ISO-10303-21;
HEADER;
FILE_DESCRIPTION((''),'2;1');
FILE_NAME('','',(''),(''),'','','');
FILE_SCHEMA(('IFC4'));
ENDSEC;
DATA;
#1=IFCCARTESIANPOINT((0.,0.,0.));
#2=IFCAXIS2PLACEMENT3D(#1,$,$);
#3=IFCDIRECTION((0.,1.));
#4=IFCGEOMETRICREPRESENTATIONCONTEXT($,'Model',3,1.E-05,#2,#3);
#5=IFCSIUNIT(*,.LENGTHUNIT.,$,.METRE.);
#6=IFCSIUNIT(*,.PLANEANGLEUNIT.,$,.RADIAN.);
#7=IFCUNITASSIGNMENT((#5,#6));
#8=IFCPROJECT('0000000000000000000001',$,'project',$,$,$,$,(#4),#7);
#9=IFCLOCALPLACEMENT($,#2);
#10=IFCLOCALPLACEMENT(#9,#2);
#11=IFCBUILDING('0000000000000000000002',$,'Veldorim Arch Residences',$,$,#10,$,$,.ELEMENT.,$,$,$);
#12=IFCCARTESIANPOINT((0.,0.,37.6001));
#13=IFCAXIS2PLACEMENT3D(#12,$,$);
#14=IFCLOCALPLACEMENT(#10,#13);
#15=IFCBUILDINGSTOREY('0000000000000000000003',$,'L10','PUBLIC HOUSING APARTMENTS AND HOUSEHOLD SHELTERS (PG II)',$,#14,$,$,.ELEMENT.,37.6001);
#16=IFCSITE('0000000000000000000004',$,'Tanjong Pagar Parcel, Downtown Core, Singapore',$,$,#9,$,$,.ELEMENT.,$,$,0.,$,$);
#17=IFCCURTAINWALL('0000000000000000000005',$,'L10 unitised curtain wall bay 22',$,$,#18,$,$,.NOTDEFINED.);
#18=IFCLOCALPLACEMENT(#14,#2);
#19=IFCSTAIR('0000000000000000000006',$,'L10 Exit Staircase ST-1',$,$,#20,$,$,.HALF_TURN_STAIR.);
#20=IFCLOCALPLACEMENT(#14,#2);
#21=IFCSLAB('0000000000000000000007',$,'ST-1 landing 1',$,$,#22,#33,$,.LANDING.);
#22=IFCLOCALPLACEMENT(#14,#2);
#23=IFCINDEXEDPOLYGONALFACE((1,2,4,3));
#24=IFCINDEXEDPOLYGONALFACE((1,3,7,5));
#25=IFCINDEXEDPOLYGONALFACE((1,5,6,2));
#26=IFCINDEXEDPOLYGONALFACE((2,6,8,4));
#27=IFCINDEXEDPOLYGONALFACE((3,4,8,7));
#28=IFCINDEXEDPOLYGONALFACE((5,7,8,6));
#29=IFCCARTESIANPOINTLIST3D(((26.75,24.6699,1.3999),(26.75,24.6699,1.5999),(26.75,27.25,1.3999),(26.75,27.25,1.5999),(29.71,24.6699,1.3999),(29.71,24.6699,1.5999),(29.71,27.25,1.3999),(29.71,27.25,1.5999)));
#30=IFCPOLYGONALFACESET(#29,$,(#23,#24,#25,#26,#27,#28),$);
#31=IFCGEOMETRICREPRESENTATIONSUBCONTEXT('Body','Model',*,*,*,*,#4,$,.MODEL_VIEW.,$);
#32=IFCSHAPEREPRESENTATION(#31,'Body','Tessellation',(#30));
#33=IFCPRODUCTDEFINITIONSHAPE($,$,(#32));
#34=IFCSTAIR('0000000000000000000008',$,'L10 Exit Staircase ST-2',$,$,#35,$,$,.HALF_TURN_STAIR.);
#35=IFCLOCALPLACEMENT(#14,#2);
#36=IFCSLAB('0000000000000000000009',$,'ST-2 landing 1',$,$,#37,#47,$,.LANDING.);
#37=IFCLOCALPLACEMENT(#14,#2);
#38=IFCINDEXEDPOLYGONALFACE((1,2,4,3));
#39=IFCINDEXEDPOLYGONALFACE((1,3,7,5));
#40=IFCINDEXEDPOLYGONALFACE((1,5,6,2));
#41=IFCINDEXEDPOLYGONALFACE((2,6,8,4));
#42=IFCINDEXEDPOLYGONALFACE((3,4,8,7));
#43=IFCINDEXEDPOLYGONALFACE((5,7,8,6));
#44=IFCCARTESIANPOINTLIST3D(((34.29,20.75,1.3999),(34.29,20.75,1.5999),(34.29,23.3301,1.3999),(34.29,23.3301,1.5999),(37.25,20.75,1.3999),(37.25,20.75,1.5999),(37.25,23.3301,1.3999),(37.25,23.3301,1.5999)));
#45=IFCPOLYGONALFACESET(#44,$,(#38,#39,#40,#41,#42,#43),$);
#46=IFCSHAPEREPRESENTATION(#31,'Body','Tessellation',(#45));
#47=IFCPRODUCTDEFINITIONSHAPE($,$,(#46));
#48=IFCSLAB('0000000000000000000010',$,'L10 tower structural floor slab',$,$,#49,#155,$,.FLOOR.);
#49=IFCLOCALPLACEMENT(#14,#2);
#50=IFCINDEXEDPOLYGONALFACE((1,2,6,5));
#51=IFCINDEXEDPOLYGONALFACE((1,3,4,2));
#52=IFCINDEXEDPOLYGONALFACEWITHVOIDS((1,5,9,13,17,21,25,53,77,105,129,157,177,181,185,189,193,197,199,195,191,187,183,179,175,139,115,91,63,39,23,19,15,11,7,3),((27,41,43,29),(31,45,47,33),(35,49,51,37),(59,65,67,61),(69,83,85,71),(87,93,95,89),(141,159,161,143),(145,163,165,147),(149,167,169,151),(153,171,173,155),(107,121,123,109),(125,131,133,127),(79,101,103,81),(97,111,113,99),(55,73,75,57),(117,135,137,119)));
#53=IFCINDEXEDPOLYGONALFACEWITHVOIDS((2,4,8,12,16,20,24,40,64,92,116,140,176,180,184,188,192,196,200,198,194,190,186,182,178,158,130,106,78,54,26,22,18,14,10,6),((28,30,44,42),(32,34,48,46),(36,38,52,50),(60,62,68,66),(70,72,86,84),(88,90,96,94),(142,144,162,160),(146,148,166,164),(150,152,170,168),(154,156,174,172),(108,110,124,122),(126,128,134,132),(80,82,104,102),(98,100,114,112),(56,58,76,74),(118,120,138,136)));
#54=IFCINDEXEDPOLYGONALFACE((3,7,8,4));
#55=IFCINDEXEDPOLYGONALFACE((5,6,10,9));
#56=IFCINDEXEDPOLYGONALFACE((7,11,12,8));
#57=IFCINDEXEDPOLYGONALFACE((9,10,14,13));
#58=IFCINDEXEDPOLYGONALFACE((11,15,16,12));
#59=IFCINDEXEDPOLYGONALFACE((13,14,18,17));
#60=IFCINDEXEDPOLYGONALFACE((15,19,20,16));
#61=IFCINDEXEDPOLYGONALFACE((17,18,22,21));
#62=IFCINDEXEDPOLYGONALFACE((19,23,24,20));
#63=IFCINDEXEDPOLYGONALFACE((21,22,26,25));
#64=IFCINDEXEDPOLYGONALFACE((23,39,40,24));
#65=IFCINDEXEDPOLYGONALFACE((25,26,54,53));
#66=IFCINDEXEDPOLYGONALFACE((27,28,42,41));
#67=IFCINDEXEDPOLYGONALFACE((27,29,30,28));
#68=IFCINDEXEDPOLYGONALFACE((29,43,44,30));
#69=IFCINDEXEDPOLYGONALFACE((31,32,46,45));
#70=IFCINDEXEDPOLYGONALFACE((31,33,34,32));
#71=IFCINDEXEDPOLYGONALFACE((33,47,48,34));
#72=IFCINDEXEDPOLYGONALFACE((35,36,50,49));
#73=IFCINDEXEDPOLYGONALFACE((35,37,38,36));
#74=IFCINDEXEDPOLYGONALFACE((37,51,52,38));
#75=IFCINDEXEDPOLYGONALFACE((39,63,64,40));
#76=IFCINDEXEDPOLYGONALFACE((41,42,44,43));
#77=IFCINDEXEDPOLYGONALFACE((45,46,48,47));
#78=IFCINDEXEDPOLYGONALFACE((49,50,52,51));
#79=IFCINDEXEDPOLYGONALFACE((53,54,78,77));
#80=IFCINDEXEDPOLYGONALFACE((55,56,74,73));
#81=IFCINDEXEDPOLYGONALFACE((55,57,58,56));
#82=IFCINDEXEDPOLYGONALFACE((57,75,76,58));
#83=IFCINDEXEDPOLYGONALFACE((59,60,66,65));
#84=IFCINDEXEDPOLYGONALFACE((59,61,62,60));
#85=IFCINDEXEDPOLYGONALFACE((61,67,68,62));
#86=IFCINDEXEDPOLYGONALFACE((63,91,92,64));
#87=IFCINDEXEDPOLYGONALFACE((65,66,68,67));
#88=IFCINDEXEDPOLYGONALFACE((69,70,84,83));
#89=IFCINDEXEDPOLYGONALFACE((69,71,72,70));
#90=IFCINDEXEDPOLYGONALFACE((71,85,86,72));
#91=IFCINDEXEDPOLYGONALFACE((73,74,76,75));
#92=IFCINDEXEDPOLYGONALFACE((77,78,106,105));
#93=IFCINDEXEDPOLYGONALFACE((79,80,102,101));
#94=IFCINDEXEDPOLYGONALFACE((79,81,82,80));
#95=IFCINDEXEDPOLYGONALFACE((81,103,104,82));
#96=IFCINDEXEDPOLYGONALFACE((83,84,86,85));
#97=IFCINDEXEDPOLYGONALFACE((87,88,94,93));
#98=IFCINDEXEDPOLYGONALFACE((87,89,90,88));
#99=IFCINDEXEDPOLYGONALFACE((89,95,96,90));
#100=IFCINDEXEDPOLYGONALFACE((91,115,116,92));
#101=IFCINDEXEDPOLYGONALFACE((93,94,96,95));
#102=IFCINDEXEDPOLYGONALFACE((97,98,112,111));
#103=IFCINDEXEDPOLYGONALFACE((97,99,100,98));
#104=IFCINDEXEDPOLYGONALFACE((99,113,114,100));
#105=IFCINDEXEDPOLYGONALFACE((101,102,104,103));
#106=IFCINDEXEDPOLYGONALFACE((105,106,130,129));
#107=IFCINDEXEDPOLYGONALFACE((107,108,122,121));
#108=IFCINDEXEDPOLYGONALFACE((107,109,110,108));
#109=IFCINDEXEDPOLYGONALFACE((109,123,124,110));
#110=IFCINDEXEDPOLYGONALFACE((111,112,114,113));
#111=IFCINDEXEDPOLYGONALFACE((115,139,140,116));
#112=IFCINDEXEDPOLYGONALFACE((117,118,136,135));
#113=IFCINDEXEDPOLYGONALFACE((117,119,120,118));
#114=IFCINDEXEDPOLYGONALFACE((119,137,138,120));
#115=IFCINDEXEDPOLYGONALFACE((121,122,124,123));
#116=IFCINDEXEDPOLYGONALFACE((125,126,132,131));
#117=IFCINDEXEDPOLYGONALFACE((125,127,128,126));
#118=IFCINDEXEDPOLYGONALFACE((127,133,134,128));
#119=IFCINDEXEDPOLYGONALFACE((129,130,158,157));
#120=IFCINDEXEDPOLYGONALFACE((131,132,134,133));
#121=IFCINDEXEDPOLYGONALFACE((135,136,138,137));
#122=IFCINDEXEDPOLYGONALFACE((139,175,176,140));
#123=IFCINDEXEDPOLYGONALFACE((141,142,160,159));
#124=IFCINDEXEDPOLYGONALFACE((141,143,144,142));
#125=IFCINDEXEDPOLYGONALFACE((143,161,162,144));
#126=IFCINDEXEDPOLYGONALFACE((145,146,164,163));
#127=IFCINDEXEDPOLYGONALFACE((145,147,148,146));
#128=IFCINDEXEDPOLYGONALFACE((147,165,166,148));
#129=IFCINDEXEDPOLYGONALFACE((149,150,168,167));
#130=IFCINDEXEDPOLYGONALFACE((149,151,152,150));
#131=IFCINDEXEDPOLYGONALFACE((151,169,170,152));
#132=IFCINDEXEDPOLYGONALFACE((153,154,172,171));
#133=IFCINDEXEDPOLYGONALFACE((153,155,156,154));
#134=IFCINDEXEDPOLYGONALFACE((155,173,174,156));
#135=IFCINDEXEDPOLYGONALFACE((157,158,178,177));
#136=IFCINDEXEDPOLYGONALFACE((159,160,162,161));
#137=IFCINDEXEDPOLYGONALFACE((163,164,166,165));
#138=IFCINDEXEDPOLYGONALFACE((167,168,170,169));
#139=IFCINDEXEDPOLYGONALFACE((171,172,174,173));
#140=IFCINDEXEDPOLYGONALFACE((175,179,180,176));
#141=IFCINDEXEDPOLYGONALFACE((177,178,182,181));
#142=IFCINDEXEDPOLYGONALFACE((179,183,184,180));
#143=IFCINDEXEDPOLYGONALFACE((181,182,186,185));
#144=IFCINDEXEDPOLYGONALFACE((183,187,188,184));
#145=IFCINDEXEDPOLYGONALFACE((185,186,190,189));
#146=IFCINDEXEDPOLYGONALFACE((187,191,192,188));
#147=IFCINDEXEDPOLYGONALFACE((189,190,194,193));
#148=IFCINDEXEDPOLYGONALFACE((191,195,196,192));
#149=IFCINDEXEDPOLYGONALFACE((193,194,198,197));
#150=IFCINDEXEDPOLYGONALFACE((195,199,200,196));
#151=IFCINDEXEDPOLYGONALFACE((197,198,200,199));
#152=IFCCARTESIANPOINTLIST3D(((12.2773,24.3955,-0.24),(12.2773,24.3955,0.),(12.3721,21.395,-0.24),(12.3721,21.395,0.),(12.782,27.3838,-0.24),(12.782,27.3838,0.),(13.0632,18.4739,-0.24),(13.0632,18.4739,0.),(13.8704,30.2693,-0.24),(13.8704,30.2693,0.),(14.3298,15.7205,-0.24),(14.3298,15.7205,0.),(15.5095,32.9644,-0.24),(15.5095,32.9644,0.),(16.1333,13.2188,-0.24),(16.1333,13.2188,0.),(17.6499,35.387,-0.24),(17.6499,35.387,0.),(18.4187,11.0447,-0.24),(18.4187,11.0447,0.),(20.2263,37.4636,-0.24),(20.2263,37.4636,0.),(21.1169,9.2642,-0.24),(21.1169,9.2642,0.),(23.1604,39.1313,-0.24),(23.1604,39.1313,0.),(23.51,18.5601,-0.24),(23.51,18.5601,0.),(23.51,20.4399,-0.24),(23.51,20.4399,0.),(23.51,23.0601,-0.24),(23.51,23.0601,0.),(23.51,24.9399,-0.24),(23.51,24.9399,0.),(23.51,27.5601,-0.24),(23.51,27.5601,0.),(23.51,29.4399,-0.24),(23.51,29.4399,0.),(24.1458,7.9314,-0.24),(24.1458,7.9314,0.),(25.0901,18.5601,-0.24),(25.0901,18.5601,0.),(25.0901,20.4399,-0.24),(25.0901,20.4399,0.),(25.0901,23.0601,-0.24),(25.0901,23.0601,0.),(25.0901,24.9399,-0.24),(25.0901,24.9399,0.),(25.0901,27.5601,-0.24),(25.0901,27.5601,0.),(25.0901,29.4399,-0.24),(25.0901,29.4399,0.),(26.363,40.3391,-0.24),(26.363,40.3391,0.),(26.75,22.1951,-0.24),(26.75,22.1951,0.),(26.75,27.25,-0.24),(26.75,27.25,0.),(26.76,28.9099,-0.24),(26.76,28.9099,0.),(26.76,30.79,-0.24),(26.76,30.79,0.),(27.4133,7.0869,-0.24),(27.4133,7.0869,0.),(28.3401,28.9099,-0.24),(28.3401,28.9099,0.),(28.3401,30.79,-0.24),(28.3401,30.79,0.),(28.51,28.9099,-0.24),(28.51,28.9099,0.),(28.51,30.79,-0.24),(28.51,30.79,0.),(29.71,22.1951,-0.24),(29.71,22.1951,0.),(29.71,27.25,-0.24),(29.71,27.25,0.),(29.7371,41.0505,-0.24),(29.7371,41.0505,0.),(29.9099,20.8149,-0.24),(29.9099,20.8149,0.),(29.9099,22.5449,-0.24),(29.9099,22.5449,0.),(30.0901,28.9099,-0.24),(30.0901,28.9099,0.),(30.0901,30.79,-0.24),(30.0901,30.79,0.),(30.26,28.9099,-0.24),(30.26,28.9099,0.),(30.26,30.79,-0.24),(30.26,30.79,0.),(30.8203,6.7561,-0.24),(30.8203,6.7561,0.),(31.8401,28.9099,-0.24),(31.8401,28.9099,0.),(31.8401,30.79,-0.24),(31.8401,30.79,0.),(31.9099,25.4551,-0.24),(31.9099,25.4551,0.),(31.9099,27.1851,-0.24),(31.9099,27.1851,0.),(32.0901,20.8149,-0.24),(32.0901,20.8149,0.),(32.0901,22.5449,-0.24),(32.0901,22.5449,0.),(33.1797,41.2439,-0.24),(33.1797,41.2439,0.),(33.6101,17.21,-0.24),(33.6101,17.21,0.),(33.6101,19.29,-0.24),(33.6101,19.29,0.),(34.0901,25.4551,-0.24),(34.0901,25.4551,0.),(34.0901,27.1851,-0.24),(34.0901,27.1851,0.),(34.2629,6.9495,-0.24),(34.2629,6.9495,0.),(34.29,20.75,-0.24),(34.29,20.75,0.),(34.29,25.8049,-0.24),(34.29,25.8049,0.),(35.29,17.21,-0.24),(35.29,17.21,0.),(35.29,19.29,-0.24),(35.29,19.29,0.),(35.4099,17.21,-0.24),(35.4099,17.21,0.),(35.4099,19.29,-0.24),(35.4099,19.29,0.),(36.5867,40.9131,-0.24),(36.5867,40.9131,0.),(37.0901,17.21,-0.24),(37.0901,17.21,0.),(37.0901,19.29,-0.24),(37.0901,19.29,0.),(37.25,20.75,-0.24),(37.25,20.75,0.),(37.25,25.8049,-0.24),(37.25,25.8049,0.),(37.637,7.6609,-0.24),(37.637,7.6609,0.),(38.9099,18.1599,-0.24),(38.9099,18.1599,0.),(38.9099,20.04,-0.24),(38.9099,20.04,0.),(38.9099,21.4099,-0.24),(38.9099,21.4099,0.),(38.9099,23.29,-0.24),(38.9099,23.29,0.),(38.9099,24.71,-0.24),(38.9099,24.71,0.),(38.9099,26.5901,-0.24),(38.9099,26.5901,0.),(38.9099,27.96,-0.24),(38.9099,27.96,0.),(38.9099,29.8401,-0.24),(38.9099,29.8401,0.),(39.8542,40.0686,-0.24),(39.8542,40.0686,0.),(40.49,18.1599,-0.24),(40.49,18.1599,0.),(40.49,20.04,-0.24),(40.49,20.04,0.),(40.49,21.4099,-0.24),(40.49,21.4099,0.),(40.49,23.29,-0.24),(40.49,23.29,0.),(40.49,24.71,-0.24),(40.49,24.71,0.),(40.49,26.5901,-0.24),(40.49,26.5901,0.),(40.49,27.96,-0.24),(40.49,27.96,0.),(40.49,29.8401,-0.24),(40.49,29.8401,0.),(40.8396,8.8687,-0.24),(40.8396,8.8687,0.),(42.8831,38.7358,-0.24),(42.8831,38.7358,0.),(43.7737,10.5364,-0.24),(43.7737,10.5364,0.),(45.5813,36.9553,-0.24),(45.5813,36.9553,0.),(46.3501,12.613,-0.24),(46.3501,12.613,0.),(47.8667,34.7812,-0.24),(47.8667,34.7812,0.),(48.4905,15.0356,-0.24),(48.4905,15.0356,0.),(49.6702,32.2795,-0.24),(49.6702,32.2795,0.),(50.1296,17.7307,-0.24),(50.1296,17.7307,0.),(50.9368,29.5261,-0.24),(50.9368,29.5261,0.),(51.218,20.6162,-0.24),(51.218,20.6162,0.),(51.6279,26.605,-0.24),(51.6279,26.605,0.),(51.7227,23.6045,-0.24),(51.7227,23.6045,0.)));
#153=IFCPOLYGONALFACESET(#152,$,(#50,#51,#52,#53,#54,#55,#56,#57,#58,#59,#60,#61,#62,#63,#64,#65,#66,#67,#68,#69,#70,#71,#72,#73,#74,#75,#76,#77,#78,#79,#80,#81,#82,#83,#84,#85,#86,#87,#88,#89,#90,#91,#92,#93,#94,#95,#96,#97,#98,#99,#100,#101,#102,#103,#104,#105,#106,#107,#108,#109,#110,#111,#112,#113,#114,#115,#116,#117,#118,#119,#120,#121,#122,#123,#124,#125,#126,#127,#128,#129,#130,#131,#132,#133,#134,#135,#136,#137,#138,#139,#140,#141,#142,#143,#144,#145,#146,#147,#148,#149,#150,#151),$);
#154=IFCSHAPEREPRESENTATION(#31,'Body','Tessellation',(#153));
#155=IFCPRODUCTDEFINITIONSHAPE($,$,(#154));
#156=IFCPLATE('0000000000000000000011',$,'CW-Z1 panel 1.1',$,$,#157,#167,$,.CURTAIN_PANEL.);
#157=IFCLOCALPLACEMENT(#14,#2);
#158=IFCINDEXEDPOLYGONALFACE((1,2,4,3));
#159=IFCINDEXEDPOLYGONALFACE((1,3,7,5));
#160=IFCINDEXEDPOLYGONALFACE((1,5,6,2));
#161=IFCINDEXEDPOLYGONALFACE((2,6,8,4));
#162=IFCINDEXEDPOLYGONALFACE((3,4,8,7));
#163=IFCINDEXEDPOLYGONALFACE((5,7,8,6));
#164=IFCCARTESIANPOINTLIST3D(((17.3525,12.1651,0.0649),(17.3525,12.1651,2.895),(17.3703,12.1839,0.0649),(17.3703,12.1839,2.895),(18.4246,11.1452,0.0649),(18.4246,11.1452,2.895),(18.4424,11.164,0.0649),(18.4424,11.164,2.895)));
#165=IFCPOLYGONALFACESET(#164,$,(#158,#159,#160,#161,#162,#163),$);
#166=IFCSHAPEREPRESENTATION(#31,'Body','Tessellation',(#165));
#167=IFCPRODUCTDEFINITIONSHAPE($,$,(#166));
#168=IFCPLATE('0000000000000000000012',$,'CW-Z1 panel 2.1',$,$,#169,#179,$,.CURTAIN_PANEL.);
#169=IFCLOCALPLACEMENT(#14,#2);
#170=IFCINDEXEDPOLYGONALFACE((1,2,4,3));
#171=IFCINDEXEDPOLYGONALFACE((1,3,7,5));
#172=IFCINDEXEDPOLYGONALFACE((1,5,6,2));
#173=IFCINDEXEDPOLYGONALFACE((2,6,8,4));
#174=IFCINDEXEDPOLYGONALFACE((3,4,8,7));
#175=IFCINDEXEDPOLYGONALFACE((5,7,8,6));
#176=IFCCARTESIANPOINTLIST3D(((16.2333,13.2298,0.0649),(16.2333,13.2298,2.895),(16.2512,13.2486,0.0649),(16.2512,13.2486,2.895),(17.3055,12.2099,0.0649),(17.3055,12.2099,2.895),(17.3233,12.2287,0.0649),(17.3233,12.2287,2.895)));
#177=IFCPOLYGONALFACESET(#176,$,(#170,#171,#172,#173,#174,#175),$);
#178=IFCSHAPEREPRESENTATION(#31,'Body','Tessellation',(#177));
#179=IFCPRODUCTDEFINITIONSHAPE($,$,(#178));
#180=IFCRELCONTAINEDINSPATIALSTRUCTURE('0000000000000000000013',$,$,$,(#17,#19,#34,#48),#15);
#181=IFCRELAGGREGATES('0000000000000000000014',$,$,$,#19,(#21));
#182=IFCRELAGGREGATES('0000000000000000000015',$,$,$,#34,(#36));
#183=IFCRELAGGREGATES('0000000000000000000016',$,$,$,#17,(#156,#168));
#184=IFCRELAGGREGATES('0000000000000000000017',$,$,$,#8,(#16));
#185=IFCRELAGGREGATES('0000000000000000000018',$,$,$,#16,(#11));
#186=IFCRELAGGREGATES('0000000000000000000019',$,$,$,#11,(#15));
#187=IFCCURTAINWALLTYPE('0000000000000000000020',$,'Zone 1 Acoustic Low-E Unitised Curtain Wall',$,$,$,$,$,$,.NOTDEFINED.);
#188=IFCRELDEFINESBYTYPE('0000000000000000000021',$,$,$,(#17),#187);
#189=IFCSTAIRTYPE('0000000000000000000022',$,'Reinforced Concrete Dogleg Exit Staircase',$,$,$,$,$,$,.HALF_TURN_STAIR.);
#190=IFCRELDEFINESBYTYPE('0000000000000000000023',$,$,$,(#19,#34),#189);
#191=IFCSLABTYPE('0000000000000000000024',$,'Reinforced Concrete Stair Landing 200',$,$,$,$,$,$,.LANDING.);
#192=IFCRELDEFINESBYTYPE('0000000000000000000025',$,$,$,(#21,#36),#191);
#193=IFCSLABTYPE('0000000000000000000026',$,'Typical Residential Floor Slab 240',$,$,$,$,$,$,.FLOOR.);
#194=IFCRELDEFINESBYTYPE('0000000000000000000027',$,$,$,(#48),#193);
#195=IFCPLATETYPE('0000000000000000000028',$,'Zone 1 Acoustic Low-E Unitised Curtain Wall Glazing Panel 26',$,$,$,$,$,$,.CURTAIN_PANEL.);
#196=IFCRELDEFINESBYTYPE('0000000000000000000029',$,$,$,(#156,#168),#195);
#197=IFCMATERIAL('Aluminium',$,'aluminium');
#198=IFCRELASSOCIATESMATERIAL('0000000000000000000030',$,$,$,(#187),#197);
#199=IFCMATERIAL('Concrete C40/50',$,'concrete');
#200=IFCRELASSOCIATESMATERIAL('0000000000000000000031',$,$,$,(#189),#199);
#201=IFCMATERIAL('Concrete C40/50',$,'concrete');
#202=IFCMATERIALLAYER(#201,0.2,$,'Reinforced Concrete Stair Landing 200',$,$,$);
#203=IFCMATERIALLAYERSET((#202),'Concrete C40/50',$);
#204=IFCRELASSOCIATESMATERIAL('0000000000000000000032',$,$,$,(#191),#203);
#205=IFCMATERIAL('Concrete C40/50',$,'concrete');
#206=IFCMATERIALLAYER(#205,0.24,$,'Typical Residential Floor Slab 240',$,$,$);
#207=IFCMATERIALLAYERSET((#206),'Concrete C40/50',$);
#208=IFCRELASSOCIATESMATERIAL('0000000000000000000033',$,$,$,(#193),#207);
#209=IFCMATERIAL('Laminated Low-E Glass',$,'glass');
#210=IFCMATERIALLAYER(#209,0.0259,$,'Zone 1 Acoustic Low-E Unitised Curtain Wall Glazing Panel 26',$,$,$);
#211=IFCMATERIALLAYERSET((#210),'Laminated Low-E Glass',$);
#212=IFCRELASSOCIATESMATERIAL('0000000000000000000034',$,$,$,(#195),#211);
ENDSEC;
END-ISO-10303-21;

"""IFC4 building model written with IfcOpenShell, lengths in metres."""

from ifc_helpers import new_model, si_unit, direction, frame, origin, origin_2d, place, context, subcontext, project, spatial, polyline, rectangle, outline, extrude, material, layer, layer_set, type_object, element, aggregate, save


model = new_model("IFC4")

# Units and contexts
model_context = context("Model", 3, precision=1e-05, world=origin(), true_north=direction((0.0, 1.0)))
body_context = subcontext(model_context, "Body", "Model", "MODEL_VIEW")
ifc_project = project(units=[si_unit("LENGTHUNIT", "METRE"), si_unit("PLANEANGLEUNIT", "RADIAN")], contexts=[model_context])

# Site, building, storey
site_placement = place(None, origin())
site = spatial("IfcSite", under=ifc_project, at=site_placement, Name="Tanjong Pagar Parcel, Downtown Core, Singapore", CompositionType="ELEMENT", RefElevation=0.0)
building_placement = place(site_placement, origin())
building = spatial("IfcBuilding", under=site, at=building_placement, Name="Veldorim Arch Residences", CompositionType="ELEMENT")
storey_placement = place(building_placement, frame((0.0, 0.0, 37.6001)))
storey = spatial("IfcBuildingStorey", under=building, at=storey_placement, Name="L10", Description="PUBLIC HOUSING APARTMENTS AND HOUSEHOLD SHELTERS (PG II)", CompositionType="ELEMENT", Elevation=37.6001)

# Curtain wall
ifc_material_1 = material(Name="Aluminium", Category="aluminium")
curtain_wall_type = type_object("IfcCurtainWallType", Name="Zone 1 Acoustic Low-E Unitised Curtain Wall", PredefinedType="NOTDEFINED", material=ifc_material_1)
curtain_wall_placement = place(storey_placement, origin())
curtain_wall = element("IfcCurtainWall", 1, at=curtain_wall_placement, inside=storey, type_object=curtain_wall_type, Name="L10 unitised curtain wall bay 22", PredefinedType="NOTDEFINED")

# Stairs, slabs
ifc_material_2 = material(Name="Concrete C40/50", Category="concrete")
stair_type = type_object("IfcStairType", Name="Reinforced Concrete Dogleg Exit Staircase", PredefinedType="HALF_TURN_STAIR", material=ifc_material_2)
stair_1_placement = place(storey_placement, origin())
stair_1 = element("IfcStair", 2, at=stair_1_placement, inside=storey, type_object=stair_type, Name="L10 Exit Staircase ST-1", PredefinedType="HALF_TURN_STAIR")
ifc_material_3 = material(Name="Concrete C40/50", Category="concrete")
ifc_layer_1 = layer(ifc_material_3, 0.2, Name="Reinforced Concrete Stair Landing 200")
ifc_layer_set_1 = layer_set([ifc_layer_1], Name="Concrete C40/50")
slab_type_1 = type_object("IfcSlabType", Name="Reinforced Concrete Stair Landing 200", PredefinedType="LANDING", material=ifc_layer_set_1)
slab_1_placement = place(storey_placement, frame((0.0, 0.0, 1.3999)))
slab_1 = element("IfcSlab", 3, at=slab_1_placement, type_object=slab_type_1, Name="ST-1 landing 1", PredefinedType="LANDING", context=body_context, shape_type="SweptSolid", body=[
    extrude(outline(polyline([(29.71, 24.6699), (29.71, 27.25), (26.75, 27.25), (26.75, 24.6699), (29.71, 24.6699)])), origin(), (0.0, 0.0, 1.0), 0.2),
])
aggregate(stair_1, [slab_1])
stair_2_placement = place(storey_placement, origin())
stair_2 = element("IfcStair", 4, at=stair_2_placement, inside=storey, type_object=stair_type, Name="L10 Exit Staircase ST-2", PredefinedType="HALF_TURN_STAIR")
slab_2_placement = place(storey_placement, frame((0.0, 0.0, 1.3999)))
slab_2 = element("IfcSlab", 5, at=slab_2_placement, type_object=slab_type_1, Name="ST-2 landing 1", PredefinedType="LANDING", context=body_context, shape_type="SweptSolid", body=[
    extrude(outline(polyline([(34.29, 23.3301), (34.29, 20.75), (37.25, 20.75), (37.25, 23.3301), (34.29, 23.3301)])), origin(), (0.0, 0.0, 1.0), 0.2),
])
aggregate(stair_2, [slab_2])

# Slab
ifc_material_4 = material(Name="Concrete C40/50", Category="concrete")
ifc_layer_2 = layer(ifc_material_4, 0.24, Name="Typical Residential Floor Slab 240")
ifc_layer_set_2 = layer_set([ifc_layer_2], Name="Concrete C40/50")
slab_type_2 = type_object("IfcSlabType", Name="Typical Residential Floor Slab 240", PredefinedType="FLOOR", material=ifc_layer_set_2)
slab_3_placement = place(storey_placement, frame((0.0, 0.0, -0.24)))
element("IfcSlab", 6, at=slab_3_placement, inside=storey, type_object=slab_type_2, Name="L10 tower structural floor slab", PredefinedType="FLOOR", context=body_context, shape_type="SweptSolid", body=[
    extrude(outline(polyline([(51.6279, 26.605), (50.9368, 29.5261), (49.6702, 32.2795), (47.8667, 34.7812), (45.5813, 36.9553), (42.8831, 38.7358), (39.8542, 40.0686), (36.5867, 40.9131), (33.1797, 41.2439), (29.7371, 41.0505), (26.363, 40.3391), (23.1604, 39.1313), (20.2263, 37.4636), (17.6499, 35.387), (15.5095, 32.9644), (13.8704, 30.2693), (12.782, 27.3838), (12.2773, 24.3955), (12.3721, 21.395), (13.0632, 18.4739), (14.3298, 15.7205), (16.1333, 13.2188), (18.4187, 11.0447), (21.1169, 9.2642), (24.1458, 7.9314), (27.4133, 7.0869), (30.8203, 6.7561), (34.2629, 6.9495), (37.637, 7.6609), (40.8396, 8.8687), (43.7737, 10.5364), (46.3501, 12.613), (48.4905, 15.0356), (50.1296, 17.7307), (51.218, 20.6162), (51.7227, 23.6045), (51.6279, 26.605)]), holes=[polyline([(23.51, 20.4399), (25.0901, 20.4399), (25.0901, 18.5601), (23.51, 18.5601), (23.51, 20.4399)]), polyline([(29.9099, 22.5449), (32.0901, 22.5449), (32.0901, 20.8149), (29.9099, 20.8149), (29.9099, 22.5449)]), polyline([(23.51, 24.9399), (25.0901, 24.9399), (25.0901, 23.0601), (23.51, 23.0601), (23.51, 24.9399)]), polyline([(26.75, 27.25), (29.71, 27.25), (29.71, 22.1951), (26.75, 22.1951), (26.75, 27.25)]), polyline([(23.51, 29.4399), (25.0901, 29.4399), (25.0901, 27.5601), (23.51, 27.5601), (23.51, 29.4399)]), polyline([(26.76, 30.79), (28.3401, 30.79), (28.3401, 28.9099), (26.76, 28.9099), (26.76, 30.79)]), polyline([(28.51, 30.79), (30.0901, 30.79), (30.0901, 28.9099), (28.51, 28.9099), (28.51, 30.79)]), polyline([(30.26, 30.79), (31.8401, 30.79), (31.8401, 28.9099), (30.26, 28.9099), (30.26, 30.79)]), polyline([(33.6101, 19.29), (35.29, 19.29), (35.29, 17.21), (33.6101, 17.21), (33.6101, 19.29)]), polyline([(35.4099, 19.29), (37.0901, 19.29), (37.0901, 17.21), (35.4099, 17.21), (35.4099, 19.29)]), polyline([(38.9099, 20.04), (40.49, 20.04), (40.49, 18.1599), (38.9099, 18.1599), (38.9099, 20.04)]), polyline([(38.9099, 23.29), (40.49, 23.29), (40.49, 21.4099), (38.9099, 21.4099), (38.9099, 23.29)]), polyline([(34.29, 25.8049), (37.25, 25.8049), (37.25, 20.75), (34.29, 20.75), (34.29, 25.8049)]), polyline([(38.9099, 26.5901), (40.49, 26.5901), (40.49, 24.71), (38.9099, 24.71), (38.9099, 26.5901)]), polyline([(31.9099, 27.1851), (34.0901, 27.1851), (34.0901, 25.4551), (31.9099, 25.4551), (31.9099, 27.1851)]), polyline([(38.9099, 29.8401), (40.49, 29.8401), (40.49, 27.96), (38.9099, 27.96), (38.9099, 29.8401)])]), origin(), (0.0, 0.0, 1.0), 0.24),
])

# Plates
ifc_material_5 = material(Name="Laminated Low-E Glass", Category="glass")
ifc_layer_3 = layer(ifc_material_5, 0.0259, Name="Zone 1 Acoustic Low-E Unitised Curtain Wall Glazing Panel 26")
ifc_layer_set_3 = layer_set([ifc_layer_3], Name="Laminated Low-E Glass")
plate_type = type_object("IfcPlateType", Name="Zone 1 Acoustic Low-E Unitised Curtain Wall Glazing Panel 26", PredefinedType="CURTAIN_PANEL", material=ifc_layer_set_3)
plate_1_placement = place(storey_placement, frame((17.8975, 11.6646, 0.0649), z_axis=(0.0, 0.0, 1.0), x_axis=(-0.724528, 0.689245, 0.0)))
plate_1 = element("IfcPlate", 7, at=plate_1_placement, type_object=plate_type, Name="CW-Z1 panel 1.1", PredefinedType="CURTAIN_PANEL", context=body_context, shape_type="SweptSolid", body=[
    extrude(rectangle(XDim=1.4797, YDim=0.0259, at=origin_2d()), origin(), (0.0, 0.0, 1.0), 2.8301),
])
plate_2_placement = place(storey_placement, frame((16.7783, 12.7292, 0.0649), z_axis=(0.0, 0.0, 1.0), x_axis=(-0.724528, 0.689245, 0.0)))
plate_2 = element("IfcPlate", 8, at=plate_2_placement, type_object=plate_type, Name="CW-Z1 panel 2.1", PredefinedType="CURTAIN_PANEL", context=body_context, shape_type="SweptSolid", body=[
    extrude(rectangle(XDim=1.4797, YDim=0.0259, at=origin_2d()), origin(), (0.0, 0.0, 1.0), 2.8301),
])
aggregate(curtain_wall, [plate_1, plate_2])

save(model, "model.ifc")
